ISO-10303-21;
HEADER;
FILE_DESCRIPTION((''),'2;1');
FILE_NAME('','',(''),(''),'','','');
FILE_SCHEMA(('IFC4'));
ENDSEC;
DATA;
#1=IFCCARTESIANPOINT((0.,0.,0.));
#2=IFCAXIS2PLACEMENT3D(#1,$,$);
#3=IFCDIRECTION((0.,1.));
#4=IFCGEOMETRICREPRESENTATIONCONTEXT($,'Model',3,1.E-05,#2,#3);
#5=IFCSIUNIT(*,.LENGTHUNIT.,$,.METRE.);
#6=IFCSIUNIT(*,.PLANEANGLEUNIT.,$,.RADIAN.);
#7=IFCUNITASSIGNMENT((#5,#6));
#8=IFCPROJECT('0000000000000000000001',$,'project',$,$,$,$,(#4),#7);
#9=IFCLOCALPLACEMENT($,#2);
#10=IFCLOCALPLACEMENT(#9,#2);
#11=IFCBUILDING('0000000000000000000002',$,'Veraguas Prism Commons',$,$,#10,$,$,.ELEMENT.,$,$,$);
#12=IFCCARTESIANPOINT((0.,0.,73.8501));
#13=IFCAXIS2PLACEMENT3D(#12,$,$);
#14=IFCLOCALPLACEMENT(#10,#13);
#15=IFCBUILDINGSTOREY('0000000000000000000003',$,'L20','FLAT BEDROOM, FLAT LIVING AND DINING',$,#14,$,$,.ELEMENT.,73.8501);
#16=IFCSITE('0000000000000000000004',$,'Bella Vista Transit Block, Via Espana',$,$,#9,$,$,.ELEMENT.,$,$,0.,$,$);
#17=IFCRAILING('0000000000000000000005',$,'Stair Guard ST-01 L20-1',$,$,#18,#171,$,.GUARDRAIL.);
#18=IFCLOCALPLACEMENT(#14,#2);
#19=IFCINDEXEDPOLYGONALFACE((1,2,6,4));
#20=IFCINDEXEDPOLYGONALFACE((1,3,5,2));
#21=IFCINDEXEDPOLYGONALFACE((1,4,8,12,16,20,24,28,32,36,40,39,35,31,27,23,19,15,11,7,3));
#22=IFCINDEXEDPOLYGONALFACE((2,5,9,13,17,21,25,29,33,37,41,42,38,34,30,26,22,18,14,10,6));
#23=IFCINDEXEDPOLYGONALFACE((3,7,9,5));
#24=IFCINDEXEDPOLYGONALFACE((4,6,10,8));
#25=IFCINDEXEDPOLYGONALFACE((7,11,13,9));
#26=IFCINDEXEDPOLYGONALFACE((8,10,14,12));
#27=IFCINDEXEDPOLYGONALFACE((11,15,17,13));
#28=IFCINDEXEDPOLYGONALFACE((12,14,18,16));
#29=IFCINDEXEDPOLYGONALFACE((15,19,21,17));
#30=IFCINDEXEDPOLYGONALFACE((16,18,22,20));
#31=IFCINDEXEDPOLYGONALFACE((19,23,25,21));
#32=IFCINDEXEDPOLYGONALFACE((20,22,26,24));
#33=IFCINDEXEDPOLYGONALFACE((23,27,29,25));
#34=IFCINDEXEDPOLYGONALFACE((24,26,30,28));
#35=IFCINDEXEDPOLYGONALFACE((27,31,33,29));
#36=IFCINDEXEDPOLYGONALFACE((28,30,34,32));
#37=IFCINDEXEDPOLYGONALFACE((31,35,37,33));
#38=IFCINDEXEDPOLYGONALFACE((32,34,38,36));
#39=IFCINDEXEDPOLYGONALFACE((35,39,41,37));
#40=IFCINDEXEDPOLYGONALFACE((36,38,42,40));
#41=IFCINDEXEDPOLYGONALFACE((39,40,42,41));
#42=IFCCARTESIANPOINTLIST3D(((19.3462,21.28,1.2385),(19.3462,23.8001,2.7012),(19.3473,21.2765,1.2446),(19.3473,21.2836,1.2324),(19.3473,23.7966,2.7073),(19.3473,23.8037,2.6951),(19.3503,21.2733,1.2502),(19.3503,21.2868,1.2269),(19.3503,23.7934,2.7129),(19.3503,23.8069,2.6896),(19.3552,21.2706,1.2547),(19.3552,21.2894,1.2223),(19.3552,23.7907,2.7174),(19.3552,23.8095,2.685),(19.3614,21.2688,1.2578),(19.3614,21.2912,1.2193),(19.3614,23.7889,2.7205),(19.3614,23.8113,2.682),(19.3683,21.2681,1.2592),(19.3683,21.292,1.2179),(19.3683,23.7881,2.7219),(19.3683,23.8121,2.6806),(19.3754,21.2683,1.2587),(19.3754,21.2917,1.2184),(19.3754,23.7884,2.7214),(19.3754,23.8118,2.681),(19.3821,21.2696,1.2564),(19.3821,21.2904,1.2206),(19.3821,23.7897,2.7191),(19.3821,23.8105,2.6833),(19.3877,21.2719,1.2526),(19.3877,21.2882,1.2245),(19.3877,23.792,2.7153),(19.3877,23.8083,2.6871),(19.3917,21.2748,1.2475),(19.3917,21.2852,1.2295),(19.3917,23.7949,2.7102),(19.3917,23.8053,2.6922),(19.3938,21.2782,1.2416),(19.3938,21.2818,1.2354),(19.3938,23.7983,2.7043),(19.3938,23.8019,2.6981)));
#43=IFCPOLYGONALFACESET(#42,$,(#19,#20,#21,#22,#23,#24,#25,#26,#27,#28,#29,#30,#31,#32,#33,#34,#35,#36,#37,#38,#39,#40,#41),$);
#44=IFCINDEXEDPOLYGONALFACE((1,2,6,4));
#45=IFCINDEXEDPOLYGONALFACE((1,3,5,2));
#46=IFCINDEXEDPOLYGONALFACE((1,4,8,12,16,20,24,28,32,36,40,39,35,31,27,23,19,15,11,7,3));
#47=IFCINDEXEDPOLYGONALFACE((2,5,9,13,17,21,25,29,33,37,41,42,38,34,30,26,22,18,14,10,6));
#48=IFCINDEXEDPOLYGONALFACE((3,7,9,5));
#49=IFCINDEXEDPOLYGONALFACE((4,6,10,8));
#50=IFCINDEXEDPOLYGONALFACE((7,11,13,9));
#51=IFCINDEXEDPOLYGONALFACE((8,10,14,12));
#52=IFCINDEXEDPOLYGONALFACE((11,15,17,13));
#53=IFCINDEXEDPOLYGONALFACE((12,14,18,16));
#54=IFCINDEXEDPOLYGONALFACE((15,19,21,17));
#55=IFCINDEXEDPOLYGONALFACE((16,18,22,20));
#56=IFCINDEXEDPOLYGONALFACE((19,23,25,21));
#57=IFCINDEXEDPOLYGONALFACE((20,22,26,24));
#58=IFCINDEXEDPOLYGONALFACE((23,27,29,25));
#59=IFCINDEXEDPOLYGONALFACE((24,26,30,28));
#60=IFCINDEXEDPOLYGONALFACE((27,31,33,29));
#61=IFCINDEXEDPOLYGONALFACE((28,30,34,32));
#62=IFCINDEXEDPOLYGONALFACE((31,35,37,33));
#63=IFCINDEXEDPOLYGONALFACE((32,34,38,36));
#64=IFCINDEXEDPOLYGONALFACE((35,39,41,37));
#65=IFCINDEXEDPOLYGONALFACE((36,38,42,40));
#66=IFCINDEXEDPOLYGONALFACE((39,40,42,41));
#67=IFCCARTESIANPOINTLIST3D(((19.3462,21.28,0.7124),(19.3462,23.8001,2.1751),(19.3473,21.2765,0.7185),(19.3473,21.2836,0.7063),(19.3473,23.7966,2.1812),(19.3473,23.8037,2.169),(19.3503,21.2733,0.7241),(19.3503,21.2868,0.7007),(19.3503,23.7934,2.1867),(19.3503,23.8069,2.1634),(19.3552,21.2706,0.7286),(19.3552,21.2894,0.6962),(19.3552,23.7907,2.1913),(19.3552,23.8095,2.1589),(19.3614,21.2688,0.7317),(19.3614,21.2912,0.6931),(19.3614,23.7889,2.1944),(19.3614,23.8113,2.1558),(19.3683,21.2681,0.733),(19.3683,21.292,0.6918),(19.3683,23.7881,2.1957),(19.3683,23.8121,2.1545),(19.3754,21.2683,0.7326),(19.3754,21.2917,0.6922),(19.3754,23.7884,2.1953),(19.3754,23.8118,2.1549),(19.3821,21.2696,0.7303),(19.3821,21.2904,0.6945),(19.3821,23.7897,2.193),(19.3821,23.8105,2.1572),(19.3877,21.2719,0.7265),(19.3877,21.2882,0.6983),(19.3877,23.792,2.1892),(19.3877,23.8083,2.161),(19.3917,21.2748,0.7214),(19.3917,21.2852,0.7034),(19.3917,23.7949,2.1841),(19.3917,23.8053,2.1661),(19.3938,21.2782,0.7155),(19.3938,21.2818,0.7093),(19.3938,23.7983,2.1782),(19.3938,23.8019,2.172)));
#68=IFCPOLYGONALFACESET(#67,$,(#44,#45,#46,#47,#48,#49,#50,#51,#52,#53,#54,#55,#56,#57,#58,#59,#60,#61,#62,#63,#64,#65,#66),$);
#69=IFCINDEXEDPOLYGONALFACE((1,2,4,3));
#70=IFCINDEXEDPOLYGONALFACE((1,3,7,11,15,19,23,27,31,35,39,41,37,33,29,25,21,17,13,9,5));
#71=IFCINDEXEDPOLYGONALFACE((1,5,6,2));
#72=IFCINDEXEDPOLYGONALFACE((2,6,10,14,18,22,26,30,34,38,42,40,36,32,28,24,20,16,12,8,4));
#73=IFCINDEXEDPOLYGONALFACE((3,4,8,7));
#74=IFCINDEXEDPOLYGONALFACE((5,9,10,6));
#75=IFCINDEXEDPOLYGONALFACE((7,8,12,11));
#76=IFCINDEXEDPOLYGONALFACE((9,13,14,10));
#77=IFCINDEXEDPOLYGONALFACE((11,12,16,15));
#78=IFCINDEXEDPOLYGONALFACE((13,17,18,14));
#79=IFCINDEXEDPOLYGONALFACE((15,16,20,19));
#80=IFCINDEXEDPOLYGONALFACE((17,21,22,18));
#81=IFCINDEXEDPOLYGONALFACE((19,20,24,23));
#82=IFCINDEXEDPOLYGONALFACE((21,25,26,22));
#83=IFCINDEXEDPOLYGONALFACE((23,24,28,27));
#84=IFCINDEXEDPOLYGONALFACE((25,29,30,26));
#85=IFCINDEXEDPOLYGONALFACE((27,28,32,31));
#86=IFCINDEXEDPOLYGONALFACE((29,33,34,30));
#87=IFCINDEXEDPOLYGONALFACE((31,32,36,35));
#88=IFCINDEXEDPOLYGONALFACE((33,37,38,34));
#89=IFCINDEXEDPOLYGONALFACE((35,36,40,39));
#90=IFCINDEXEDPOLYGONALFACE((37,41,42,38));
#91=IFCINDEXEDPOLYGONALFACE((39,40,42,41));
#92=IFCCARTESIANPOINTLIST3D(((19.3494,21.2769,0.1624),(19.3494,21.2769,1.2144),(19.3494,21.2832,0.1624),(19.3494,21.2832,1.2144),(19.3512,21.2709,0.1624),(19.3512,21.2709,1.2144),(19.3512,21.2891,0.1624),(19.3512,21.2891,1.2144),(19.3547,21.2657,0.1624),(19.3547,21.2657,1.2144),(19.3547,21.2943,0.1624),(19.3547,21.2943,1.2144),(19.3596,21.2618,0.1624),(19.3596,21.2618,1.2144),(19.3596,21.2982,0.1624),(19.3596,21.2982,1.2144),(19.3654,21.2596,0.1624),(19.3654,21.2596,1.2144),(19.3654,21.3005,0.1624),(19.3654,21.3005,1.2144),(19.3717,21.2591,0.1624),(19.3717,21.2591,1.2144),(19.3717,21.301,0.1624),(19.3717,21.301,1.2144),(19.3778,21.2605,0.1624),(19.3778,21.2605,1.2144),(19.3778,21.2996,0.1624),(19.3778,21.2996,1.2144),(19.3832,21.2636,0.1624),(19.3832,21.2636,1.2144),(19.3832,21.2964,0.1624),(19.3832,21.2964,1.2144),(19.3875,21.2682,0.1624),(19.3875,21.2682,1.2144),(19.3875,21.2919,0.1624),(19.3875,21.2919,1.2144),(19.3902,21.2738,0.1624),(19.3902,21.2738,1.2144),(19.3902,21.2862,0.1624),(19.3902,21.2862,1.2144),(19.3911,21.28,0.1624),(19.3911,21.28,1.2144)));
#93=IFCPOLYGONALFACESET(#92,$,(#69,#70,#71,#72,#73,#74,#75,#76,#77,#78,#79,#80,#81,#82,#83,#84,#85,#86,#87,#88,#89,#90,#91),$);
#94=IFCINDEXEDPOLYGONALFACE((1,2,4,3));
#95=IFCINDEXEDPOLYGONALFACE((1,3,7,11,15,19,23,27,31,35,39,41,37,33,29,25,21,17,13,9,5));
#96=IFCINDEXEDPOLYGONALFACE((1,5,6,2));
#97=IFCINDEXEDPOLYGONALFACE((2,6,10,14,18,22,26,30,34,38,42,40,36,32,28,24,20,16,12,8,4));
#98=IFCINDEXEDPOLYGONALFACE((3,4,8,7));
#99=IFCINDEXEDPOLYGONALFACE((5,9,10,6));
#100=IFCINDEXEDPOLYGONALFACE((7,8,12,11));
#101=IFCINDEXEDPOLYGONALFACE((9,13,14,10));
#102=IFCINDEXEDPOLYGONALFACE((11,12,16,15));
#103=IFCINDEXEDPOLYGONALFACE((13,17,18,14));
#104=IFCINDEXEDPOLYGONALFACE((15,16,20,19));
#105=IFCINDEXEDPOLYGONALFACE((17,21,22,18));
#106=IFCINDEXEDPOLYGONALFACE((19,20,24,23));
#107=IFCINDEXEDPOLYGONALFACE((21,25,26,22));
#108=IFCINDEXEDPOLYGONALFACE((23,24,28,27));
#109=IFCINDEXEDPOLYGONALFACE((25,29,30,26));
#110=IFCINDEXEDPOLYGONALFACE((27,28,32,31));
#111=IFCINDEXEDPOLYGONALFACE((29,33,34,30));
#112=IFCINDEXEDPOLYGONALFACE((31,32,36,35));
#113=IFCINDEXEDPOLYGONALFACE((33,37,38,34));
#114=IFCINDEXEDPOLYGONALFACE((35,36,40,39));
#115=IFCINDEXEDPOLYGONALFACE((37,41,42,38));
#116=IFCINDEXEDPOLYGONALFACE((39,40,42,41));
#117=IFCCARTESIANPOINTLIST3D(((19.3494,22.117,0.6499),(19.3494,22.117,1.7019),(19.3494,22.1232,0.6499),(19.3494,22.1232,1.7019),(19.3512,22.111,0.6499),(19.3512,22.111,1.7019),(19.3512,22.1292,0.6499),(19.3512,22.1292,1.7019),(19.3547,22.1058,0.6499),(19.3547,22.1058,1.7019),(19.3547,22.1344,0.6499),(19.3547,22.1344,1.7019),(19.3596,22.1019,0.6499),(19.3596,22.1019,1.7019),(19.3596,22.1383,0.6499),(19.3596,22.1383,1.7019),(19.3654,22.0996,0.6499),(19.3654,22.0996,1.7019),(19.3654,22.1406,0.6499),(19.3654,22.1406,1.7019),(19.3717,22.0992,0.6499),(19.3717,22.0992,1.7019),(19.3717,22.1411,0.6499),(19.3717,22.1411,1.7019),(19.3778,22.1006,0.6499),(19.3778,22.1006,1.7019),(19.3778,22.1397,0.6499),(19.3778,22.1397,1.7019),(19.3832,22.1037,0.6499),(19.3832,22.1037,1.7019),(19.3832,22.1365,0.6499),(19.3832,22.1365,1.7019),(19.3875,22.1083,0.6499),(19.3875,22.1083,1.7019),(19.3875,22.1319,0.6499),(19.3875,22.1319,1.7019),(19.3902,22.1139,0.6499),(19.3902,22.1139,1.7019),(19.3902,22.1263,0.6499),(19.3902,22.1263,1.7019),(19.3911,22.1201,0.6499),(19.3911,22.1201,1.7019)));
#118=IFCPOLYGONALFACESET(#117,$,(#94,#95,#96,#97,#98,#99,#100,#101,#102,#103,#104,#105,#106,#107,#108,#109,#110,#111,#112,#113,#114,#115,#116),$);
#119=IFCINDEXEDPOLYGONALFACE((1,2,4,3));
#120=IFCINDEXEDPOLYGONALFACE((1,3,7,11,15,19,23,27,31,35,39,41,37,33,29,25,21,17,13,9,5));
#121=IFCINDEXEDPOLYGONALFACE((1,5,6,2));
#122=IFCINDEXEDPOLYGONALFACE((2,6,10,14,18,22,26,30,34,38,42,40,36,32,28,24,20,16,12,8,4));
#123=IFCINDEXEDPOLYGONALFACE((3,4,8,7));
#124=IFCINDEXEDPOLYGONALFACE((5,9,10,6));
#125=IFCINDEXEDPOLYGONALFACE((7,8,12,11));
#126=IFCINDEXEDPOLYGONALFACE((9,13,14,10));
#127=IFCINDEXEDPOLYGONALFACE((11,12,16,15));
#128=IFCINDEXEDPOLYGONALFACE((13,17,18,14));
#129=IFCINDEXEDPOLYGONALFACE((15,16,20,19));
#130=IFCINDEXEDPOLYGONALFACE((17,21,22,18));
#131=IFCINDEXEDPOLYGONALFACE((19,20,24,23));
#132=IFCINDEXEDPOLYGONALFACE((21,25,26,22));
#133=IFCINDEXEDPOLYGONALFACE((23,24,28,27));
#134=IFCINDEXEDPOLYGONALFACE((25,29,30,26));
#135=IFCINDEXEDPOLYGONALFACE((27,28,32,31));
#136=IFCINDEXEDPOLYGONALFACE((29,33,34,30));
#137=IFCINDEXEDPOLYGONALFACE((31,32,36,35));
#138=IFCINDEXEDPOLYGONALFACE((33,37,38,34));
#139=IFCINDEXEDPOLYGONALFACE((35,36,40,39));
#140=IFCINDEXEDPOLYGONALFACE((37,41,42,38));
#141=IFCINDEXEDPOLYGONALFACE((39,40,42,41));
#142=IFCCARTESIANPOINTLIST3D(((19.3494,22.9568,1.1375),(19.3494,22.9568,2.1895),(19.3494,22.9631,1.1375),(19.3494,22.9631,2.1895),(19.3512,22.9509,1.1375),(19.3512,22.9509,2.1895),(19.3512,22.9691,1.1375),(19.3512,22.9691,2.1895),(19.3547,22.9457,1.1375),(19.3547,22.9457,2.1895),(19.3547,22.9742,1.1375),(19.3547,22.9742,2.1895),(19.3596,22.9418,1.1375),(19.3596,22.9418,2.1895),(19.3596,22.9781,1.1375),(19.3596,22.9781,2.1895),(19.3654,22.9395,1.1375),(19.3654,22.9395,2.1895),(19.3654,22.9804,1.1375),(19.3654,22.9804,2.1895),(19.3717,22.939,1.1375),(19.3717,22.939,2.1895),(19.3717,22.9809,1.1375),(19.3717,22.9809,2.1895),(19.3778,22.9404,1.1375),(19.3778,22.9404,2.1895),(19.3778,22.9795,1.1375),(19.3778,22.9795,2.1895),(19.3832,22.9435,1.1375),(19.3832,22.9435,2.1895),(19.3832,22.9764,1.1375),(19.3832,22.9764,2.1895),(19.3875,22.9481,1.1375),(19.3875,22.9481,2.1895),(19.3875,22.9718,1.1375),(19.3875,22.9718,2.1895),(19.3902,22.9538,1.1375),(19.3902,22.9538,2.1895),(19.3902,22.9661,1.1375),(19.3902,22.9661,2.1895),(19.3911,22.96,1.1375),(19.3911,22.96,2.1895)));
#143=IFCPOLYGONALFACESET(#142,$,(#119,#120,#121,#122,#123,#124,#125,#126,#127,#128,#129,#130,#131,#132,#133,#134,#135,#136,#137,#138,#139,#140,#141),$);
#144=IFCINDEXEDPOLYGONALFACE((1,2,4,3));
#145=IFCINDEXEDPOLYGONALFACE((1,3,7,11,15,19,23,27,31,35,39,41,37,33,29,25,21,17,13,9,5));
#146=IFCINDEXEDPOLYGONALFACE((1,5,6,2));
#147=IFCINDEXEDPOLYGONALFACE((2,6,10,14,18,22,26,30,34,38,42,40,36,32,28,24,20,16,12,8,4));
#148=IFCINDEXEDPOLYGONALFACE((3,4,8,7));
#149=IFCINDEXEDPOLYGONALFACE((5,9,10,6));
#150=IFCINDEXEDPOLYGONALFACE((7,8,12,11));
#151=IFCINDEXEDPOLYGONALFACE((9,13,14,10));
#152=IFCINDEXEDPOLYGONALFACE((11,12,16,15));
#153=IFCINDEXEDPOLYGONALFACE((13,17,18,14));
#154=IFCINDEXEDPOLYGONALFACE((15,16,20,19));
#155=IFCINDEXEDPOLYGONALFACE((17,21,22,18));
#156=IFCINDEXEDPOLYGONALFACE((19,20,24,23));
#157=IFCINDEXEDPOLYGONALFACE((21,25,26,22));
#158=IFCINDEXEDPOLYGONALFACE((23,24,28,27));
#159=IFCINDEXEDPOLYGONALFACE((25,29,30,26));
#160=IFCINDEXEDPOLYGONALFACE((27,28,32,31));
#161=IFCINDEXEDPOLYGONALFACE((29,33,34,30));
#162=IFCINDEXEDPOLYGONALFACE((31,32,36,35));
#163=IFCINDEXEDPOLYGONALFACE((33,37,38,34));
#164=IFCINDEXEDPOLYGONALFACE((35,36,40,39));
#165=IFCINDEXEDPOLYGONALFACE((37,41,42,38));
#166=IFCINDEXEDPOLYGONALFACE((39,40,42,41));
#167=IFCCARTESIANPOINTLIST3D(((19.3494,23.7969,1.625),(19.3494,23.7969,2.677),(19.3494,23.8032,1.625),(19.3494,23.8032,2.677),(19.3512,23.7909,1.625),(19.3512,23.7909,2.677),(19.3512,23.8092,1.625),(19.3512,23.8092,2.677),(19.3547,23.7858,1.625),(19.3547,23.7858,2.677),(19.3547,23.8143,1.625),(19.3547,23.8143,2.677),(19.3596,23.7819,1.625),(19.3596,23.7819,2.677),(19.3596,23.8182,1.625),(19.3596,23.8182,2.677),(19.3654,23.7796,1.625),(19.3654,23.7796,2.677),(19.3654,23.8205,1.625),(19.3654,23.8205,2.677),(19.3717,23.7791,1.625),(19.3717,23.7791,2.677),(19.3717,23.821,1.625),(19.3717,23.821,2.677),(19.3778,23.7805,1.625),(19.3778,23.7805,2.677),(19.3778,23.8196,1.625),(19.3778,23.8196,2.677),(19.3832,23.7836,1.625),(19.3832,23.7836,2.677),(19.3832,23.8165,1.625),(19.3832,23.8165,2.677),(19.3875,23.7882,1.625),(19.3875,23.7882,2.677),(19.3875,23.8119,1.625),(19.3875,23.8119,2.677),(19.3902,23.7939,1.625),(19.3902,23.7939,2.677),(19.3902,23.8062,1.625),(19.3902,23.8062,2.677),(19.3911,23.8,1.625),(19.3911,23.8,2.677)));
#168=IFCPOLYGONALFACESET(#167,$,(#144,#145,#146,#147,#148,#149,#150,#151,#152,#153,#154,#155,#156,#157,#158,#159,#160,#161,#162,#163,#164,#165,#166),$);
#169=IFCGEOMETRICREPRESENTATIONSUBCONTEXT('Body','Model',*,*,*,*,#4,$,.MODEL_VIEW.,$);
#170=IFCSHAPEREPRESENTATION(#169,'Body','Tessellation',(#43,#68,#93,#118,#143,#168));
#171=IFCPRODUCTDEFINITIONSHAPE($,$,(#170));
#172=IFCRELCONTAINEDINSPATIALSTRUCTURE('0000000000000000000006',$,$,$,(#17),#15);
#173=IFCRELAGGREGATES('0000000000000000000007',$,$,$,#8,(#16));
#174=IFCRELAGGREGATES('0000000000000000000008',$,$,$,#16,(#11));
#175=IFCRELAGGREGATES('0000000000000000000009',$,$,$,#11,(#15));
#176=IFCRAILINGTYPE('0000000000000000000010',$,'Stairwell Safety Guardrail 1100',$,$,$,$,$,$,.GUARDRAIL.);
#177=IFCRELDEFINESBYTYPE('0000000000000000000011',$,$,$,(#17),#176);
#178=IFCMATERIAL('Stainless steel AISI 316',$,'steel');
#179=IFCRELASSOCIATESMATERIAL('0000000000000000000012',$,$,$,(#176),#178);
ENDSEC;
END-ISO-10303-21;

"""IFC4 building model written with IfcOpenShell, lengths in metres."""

from ifc_helpers import new_model, si_unit, direction, frame, origin, origin_2d, place, context, subcontext, project, spatial, circle, extrude, material, type_object, element, save


model = new_model("IFC4")

# Units and contexts
model_context = context("Model", 3, precision=1e-05, world=origin(), true_north=direction((0.0, 1.0)))
body_context = subcontext(model_context, "Body", "Model", "MODEL_VIEW")
ifc_project = project(units=[si_unit("LENGTHUNIT", "METRE"), si_unit("PLANEANGLEUNIT", "RADIAN")], contexts=[model_context])

# Site, building, storey
site_placement = place(None, origin())
site = spatial("IfcSite", under=ifc_project, at=site_placement, Name="Bella Vista Transit Block, Via Espana", CompositionType="ELEMENT", RefElevation=0.0)
building_placement = place(site_placement, origin())
building = spatial("IfcBuilding", under=site, at=building_placement, Name="Veraguas Prism Commons", CompositionType="ELEMENT")
storey_placement = place(building_placement, frame((0.0, 0.0, 73.8501)))
storey = spatial("IfcBuildingStorey", under=building, at=storey_placement, Name="L20", Description="FLAT BEDROOM, FLAT LIVING AND DINING", CompositionType="ELEMENT", Elevation=73.8501)

# Railing
ifc_material_1 = material(Name="Stainless steel AISI 316", Category="steel")
railing_type_1 = type_object("IfcRailingType", Name="Stairwell Safety Guardrail 1100", PredefinedType="GUARDRAIL", material=ifc_material_1)
railing_1_placement = place(storey_placement, frame((19.3701, 21.28, 0.1624)))
element("IfcRailing", 1, at=railing_1_placement, inside=storey, type_object=railing_type_1, Name="Stair Guard ST-01 L20-1", PredefinedType="GUARDRAIL", context=body_context, shape_type="SweptSolid", body=[
    extrude(circle(Radius=0.0239, at=origin_2d()), frame((0.0, 0.0, 1.0762), z_axis=(0.0, 0.864877, 0.501984), x_axis=(-1.0, 0.0, 0.0)), (0.0, 0.0, 1.0), 2.9138),
    extrude(circle(Radius=0.0239, at=origin_2d()), frame((0.0, 0.0, 0.55), z_axis=(0.0, 0.864877, 0.501984), x_axis=(-1.0, 0.0, 0.0)), (0.0, 0.0, 1.0), 2.9138),
    extrude(circle(Radius=0.021, at=origin_2d()), origin(), (0.0, 0.0, 1.0), 1.052),
    extrude(circle(Radius=0.021, at=origin_2d()), frame((0.0, 0.8401, 0.4875)), (0.0, 0.0, 1.0), 1.052),
    extrude(circle(Radius=0.021, at=origin_2d()), frame((0.0, 1.6799, 0.9751)), (0.0, 0.0, 1.0), 1.052),
    extrude(circle(Radius=0.021, at=origin_2d()), frame((0.0, 2.52, 1.4626)), (0.0, 0.0, 1.0), 1.052),
])

save(model, "model.ifc")
